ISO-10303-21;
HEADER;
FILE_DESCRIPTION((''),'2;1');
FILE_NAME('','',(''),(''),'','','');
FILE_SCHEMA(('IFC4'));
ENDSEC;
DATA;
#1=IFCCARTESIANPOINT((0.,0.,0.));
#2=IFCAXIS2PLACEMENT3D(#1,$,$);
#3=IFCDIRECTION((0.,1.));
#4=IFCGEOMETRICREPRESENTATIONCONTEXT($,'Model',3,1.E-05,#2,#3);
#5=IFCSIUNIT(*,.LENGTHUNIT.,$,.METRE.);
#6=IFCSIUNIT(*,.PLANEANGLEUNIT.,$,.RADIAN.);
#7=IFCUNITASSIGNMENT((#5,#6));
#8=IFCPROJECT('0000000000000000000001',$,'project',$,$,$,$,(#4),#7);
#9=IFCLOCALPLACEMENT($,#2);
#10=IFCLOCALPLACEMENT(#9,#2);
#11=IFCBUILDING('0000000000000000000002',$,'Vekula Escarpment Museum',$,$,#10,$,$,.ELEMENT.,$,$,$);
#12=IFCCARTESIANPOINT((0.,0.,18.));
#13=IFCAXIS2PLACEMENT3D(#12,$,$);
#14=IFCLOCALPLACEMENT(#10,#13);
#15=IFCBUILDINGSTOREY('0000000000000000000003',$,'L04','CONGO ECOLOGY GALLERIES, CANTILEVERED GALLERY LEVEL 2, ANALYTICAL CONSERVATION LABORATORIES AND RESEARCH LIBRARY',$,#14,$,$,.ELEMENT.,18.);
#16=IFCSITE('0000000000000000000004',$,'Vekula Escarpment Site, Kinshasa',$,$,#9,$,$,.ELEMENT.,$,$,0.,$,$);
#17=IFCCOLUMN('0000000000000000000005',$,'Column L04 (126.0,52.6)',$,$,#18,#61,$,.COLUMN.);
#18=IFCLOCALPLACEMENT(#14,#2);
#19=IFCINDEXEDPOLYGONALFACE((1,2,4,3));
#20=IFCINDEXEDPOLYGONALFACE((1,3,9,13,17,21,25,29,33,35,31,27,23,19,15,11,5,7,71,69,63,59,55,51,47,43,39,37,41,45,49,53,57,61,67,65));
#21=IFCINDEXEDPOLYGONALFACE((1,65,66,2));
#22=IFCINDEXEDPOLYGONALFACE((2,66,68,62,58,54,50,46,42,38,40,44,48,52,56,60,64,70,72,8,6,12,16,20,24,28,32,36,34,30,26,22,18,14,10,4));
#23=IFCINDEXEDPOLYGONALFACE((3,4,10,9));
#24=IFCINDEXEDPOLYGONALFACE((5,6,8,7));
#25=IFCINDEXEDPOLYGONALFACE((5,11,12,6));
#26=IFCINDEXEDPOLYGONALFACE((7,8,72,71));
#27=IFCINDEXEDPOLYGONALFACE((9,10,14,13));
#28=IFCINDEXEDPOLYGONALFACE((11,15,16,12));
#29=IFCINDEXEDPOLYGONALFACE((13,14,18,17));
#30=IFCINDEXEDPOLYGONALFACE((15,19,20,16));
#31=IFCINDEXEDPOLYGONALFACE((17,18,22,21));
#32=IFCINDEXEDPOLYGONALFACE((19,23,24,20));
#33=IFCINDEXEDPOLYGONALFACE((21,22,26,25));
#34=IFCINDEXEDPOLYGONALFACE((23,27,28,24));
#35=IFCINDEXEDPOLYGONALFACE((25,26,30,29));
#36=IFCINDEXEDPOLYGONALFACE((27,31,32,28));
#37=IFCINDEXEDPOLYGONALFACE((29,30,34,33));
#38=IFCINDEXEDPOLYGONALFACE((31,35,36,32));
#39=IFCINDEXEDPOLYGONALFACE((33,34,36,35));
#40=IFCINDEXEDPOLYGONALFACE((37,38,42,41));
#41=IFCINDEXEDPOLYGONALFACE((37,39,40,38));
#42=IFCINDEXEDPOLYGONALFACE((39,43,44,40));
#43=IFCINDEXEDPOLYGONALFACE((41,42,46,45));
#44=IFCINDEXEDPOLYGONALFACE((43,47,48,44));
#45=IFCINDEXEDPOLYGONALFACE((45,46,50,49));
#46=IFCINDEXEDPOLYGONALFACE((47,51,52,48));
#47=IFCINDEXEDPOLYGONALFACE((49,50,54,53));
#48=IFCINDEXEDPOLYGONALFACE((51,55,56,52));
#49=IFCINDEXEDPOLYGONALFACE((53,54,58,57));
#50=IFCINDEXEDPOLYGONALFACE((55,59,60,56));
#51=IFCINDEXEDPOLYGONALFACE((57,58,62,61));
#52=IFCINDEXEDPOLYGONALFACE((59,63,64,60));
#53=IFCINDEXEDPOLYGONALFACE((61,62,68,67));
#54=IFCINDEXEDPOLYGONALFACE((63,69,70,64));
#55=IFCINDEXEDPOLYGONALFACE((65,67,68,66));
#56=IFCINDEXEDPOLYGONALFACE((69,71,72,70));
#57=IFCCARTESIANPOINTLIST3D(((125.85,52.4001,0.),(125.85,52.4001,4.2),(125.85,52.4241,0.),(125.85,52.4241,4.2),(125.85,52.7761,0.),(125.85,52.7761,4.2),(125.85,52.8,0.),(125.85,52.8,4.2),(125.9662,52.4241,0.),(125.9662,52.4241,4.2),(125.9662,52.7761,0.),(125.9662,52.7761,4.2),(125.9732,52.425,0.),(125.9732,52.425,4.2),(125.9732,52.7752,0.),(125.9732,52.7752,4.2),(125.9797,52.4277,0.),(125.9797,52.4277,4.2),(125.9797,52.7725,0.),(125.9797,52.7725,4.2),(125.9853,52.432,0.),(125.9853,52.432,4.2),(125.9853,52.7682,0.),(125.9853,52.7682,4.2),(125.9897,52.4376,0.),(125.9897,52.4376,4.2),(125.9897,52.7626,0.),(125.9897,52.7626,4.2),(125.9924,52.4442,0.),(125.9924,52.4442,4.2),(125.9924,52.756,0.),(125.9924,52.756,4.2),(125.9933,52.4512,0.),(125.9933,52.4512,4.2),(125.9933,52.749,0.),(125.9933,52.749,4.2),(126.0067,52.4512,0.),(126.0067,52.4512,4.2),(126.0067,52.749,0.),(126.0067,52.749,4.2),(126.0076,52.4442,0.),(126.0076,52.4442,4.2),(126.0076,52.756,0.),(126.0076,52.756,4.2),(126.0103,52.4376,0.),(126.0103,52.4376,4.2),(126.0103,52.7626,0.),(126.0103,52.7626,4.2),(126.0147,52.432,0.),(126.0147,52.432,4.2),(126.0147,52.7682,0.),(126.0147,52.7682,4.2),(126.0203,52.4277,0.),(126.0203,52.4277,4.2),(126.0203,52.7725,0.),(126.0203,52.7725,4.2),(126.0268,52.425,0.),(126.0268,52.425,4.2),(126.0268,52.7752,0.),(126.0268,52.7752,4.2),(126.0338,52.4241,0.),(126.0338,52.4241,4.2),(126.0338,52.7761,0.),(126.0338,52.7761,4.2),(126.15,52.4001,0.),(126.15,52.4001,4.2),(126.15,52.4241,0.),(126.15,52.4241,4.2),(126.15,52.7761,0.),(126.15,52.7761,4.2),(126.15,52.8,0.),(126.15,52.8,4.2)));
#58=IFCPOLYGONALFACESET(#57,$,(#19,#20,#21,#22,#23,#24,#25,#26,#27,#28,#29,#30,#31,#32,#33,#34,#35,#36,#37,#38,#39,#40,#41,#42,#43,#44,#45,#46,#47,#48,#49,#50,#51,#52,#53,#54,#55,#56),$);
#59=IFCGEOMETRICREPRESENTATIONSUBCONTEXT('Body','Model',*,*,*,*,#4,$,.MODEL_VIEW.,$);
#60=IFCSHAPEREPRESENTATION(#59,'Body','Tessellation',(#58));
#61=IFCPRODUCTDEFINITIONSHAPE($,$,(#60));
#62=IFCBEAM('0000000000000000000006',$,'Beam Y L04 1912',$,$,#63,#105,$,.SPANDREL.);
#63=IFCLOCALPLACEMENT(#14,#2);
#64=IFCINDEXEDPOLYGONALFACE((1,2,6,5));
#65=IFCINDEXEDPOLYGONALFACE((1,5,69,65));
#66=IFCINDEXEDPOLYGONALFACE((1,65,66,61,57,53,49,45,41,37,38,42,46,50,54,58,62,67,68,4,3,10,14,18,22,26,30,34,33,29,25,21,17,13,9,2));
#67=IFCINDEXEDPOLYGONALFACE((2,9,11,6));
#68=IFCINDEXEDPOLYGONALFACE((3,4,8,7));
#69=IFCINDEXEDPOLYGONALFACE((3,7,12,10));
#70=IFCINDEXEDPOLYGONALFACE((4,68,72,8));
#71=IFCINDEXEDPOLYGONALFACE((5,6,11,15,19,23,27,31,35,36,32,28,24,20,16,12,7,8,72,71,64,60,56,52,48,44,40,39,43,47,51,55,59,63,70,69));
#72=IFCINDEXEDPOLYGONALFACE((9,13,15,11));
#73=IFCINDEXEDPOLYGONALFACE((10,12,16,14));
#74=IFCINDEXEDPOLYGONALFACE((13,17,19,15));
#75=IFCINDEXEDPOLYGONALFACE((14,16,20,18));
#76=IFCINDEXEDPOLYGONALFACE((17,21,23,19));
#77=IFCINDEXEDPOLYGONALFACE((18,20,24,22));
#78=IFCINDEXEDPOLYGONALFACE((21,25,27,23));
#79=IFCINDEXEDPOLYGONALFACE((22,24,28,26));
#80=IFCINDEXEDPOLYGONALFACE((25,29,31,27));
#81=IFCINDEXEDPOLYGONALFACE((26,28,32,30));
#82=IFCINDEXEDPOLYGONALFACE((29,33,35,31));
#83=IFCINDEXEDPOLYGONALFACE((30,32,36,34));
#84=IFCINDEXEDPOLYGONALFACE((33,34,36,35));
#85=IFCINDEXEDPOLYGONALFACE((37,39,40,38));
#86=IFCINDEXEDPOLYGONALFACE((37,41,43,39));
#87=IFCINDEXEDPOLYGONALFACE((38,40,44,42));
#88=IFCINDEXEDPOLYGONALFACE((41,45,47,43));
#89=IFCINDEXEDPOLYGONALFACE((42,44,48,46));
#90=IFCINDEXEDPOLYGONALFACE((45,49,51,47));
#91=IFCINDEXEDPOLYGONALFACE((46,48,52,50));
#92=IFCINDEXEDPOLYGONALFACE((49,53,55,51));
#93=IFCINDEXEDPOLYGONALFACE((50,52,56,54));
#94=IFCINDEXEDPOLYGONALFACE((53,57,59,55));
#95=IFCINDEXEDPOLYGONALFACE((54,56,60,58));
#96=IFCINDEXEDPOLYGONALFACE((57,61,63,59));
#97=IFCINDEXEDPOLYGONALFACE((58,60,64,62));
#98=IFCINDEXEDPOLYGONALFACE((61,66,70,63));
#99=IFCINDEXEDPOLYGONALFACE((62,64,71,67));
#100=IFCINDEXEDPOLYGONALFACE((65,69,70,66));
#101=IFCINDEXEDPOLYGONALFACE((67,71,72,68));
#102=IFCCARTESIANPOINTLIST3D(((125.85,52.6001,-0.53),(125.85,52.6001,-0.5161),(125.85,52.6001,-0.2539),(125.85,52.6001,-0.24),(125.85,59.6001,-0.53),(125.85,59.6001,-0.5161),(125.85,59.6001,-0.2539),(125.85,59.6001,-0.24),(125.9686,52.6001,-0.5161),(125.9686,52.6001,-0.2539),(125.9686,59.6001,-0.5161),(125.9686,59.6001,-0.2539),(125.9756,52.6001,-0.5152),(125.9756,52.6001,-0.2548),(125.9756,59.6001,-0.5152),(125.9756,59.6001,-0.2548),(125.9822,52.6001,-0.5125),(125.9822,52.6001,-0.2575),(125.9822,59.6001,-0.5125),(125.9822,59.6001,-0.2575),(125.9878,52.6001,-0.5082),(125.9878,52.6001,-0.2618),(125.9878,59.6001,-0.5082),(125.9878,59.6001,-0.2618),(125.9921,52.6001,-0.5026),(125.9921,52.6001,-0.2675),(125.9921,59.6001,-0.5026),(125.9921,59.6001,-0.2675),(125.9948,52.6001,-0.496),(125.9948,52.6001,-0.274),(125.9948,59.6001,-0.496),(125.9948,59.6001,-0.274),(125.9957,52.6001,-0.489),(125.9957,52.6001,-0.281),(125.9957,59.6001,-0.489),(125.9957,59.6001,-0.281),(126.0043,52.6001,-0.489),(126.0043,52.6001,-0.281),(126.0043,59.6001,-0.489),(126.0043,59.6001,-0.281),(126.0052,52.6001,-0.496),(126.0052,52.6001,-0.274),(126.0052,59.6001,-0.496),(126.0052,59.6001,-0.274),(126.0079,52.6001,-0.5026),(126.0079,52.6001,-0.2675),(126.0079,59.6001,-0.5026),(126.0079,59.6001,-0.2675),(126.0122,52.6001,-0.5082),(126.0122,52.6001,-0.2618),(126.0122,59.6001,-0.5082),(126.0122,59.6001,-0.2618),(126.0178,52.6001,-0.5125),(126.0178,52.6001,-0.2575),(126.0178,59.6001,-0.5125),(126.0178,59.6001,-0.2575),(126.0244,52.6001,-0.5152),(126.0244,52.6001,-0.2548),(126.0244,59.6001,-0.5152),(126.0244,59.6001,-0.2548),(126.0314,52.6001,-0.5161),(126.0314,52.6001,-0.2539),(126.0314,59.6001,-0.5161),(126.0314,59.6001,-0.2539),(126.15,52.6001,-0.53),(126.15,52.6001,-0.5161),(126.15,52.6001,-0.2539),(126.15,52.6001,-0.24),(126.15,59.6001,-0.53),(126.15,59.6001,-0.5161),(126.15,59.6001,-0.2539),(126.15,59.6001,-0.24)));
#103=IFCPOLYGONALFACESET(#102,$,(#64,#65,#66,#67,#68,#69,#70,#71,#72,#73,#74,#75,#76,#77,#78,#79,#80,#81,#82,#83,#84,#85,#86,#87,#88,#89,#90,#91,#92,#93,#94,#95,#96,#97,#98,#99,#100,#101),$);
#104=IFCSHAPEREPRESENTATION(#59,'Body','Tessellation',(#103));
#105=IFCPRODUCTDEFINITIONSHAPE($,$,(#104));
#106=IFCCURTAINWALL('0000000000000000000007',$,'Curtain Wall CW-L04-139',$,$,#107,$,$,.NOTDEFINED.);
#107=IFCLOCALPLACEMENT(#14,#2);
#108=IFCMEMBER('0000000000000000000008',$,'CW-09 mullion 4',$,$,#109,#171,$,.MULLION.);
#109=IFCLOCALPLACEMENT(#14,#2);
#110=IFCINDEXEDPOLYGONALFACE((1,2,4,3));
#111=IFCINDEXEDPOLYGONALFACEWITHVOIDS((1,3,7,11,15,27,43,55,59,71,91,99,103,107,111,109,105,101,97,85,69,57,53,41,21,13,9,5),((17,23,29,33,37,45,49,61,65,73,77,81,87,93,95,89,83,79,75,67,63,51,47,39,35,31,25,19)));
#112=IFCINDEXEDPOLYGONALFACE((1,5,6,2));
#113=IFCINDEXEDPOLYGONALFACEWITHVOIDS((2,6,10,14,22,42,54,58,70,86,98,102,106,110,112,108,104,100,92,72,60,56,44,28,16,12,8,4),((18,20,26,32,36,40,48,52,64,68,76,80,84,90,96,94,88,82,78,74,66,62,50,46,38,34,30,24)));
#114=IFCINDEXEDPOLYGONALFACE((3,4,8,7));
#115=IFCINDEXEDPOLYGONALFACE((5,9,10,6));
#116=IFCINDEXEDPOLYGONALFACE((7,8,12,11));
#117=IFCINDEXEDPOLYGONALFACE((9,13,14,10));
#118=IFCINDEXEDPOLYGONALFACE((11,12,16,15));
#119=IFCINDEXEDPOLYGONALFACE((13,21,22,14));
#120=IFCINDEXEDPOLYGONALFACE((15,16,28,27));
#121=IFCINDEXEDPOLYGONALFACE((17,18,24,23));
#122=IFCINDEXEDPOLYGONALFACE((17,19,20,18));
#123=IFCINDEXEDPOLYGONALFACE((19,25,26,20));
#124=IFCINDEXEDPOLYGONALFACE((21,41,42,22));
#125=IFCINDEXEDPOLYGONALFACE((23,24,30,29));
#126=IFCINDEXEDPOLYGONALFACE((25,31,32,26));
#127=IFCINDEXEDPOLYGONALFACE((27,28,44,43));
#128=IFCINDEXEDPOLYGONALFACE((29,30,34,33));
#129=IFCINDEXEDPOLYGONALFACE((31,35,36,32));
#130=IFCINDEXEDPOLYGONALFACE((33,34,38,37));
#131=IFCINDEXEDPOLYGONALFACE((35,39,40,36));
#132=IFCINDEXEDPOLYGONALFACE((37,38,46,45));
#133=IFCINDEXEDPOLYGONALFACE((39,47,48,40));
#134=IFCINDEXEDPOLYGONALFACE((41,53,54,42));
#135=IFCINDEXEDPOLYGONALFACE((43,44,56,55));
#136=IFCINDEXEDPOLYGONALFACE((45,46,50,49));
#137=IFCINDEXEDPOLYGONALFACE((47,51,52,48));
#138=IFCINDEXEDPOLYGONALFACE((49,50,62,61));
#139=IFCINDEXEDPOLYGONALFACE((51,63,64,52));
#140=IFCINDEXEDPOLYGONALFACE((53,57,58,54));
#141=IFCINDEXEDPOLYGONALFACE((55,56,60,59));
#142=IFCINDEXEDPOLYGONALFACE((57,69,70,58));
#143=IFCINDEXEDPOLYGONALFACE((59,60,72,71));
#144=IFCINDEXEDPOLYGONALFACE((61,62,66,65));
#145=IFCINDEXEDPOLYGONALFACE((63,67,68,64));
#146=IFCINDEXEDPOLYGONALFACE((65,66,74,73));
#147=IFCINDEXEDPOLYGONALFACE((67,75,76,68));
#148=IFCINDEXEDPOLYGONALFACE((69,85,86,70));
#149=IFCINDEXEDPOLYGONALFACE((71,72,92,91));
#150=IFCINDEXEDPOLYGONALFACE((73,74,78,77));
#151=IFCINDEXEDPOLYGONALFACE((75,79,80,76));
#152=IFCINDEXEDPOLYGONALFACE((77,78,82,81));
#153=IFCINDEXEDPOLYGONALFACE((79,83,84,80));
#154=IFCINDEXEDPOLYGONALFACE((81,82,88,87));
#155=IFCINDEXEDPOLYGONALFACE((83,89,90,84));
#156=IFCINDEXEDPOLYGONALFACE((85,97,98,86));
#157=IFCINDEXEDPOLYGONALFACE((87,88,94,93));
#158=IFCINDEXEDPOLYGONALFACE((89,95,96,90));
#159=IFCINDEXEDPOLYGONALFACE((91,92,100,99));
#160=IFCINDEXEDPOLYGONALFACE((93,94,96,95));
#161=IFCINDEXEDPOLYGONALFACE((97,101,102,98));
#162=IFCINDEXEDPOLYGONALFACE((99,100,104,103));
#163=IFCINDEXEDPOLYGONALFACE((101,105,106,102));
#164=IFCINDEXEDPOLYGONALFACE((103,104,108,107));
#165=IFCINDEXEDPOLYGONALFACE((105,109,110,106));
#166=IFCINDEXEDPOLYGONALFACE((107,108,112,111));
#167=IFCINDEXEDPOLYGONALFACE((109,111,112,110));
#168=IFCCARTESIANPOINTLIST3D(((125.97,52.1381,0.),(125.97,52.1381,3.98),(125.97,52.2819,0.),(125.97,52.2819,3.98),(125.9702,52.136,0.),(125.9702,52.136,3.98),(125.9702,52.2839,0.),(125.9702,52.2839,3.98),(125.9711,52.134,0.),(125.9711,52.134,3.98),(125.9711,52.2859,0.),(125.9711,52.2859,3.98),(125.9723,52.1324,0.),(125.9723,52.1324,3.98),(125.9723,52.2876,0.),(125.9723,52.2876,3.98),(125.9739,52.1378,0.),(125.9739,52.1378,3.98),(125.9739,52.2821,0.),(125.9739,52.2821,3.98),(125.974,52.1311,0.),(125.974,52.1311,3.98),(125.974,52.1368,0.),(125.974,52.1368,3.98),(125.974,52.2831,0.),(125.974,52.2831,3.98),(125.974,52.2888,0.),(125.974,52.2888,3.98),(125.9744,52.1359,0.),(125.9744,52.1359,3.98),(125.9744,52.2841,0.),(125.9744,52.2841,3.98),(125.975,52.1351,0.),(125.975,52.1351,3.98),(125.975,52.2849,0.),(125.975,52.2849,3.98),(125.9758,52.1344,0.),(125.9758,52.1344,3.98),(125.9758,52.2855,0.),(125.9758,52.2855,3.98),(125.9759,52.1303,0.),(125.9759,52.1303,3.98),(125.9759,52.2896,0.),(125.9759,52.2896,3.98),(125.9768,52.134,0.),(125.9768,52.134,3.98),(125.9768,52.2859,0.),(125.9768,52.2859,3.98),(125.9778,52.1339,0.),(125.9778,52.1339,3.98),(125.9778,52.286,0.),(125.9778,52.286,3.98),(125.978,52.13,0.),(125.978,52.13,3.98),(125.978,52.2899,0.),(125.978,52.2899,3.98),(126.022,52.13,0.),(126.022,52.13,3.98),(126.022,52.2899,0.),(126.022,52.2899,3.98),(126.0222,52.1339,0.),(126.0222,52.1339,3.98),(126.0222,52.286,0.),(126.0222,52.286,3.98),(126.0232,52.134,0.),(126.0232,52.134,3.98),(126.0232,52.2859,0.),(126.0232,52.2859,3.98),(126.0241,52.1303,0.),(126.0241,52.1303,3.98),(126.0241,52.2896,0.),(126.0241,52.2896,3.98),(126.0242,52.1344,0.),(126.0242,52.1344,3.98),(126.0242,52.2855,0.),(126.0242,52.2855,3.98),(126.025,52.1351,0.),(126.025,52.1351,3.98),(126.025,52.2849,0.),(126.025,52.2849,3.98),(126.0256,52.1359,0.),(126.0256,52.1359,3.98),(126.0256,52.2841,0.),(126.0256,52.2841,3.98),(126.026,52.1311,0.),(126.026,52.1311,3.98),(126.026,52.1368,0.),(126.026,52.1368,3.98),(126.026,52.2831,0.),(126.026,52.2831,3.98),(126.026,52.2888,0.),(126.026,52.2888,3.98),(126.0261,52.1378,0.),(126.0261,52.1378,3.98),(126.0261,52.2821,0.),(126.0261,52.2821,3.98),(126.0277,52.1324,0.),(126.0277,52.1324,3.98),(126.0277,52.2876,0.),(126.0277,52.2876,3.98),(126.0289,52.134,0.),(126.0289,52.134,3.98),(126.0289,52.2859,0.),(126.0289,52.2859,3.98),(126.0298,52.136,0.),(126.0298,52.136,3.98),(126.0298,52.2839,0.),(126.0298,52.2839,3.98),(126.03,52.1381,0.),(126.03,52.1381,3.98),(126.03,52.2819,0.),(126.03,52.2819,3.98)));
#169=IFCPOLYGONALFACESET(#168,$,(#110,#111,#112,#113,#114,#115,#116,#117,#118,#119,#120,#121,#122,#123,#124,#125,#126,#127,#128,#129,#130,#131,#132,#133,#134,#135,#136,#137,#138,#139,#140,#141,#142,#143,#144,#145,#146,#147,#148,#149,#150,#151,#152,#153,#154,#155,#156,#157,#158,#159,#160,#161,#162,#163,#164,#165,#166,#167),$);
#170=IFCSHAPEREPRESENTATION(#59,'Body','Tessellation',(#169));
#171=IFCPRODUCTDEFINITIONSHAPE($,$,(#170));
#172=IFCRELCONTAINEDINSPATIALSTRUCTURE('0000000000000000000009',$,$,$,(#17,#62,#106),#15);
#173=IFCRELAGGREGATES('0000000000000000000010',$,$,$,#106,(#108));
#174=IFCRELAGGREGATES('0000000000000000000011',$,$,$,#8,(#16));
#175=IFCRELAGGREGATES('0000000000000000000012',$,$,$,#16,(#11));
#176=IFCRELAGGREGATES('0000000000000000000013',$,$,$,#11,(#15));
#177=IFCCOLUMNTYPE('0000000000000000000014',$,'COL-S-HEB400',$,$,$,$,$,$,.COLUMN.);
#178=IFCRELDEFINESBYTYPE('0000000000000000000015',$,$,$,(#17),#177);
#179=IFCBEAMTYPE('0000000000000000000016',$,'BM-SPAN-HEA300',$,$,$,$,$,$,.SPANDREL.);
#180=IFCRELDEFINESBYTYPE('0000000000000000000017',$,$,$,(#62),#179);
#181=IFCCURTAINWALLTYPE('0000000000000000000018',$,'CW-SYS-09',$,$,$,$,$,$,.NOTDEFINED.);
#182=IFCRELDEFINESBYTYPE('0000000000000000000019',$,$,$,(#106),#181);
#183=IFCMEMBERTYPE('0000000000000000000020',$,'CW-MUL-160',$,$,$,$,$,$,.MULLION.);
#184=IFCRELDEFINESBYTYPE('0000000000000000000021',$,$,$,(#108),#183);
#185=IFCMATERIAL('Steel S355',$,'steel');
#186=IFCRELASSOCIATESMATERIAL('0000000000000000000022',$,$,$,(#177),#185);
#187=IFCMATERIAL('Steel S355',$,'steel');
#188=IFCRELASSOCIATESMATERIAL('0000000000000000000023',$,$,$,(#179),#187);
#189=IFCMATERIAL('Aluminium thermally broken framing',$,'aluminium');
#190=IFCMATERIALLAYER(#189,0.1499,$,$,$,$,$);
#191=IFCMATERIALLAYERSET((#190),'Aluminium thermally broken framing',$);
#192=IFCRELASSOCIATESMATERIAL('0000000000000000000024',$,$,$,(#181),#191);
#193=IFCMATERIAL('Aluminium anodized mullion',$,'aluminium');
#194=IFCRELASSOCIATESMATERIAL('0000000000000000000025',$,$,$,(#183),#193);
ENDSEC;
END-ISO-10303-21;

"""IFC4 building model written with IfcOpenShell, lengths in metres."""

from ifc_helpers import new_model, si_unit, direction, frame, origin, origin_2d, place, context, subcontext, project, spatial, hollow_rectangle, i_section, extrude, material, layer, layer_set, material_profile, profile_set, type_object, element, aggregate, save


model = new_model("IFC4")

# Units and contexts
model_context = context("Model", 3, precision=1e-05, world=origin(), true_north=direction((0.0, 1.0)))
body_context = subcontext(model_context, "Body", "Model", "MODEL_VIEW")
ifc_project = project(units=[si_unit("LENGTHUNIT", "METRE"), si_unit("PLANEANGLEUNIT", "RADIAN")], contexts=[model_context])

# Site, building, storey
site_placement = place(None, origin())
site = spatial("IfcSite", under=ifc_project, at=site_placement, Name="Vekula Escarpment Site, Kinshasa", CompositionType="ELEMENT", RefElevation=0.0)
building_placement = place(site_placement, origin())
building = spatial("IfcBuilding", under=site, at=building_placement, Name="Vekula Escarpment Museum", CompositionType="ELEMENT")
storey_placement = place(building_placement, frame((0.0, 0.0, 18.0)))
storey = spatial("IfcBuildingStorey", under=building, at=storey_placement, Name="L04", Description="CONGO ECOLOGY GALLERIES, CANTILEVERED GALLERY LEVEL 2, ANALYTICAL CONSERVATION LABORATORIES AND RESEARCH LIBRARY", CompositionType="ELEMENT", Elevation=18.0)

# Column
ifc_material_1 = material(Name="Steel S355", Category="steel")
ifc_material_profile_1 = material_profile(ifc_material_1, i_section(OverallWidth=0.3, OverallDepth=0.3999, WebThickness=0.0134, FlangeThickness=0.0239, FilletRadius=0.0271, at=origin_2d()), Name="HEB 400")
ifc_profile_set_1 = profile_set([ifc_material_profile_1], Name="Steel S355")
column_type = type_object("IfcColumnType", Name="COL-S-HEB400", PredefinedType="COLUMN", material=ifc_profile_set_1)
column_placement = place(storey_placement, frame((126.0, 52.6001, 0.0), z_axis=(0.0, 0.0, 1.0), x_axis=(1.0, 0.0, 0.0)))
element("IfcColumn", 1, at=column_placement, inside=storey, type_object=column_type, Name="Column L04 (126.0,52.6)", PredefinedType="COLUMN", context=body_context, shape_type="SweptSolid", body=[
    extrude(i_section(OverallWidth=0.3, OverallDepth=0.3999, WebThickness=0.0134, FlangeThickness=0.0239, FilletRadius=0.0271, at=origin_2d()), origin(), (0.0, 0.0, 1.0), 4.2),
])

# Beam
ifc_material_2 = material(Name="Steel S355", Category="steel")
ifc_material_profile_2 = material_profile(ifc_material_2, i_section(OverallWidth=0.3, OverallDepth=0.29, WebThickness=0.0085, FlangeThickness=0.0139, FilletRadius=0.0271, at=origin_2d()), Name="HEA 300")
ifc_profile_set_2 = profile_set([ifc_material_profile_2], Name="Steel S355")
beam_type = type_object("IfcBeamType", Name="BM-SPAN-HEA300", PredefinedType="SPANDREL", material=ifc_profile_set_2)
beam_placement = place(storey_placement, frame((126.0, 52.6001, -0.385), z_axis=(0.0, 1.0, 0.0), x_axis=(-1.0, 0.0, 0.0)))
element("IfcBeam", 2, at=beam_placement, inside=storey, type_object=beam_type, Name="Beam Y L04 1912", PredefinedType="SPANDREL", context=body_context, shape_type="SweptSolid", body=[
    extrude(i_section(OverallWidth=0.3, OverallDepth=0.29, WebThickness=0.0085, FlangeThickness=0.0139, FilletRadius=0.0271, at=origin_2d()), origin(), (0.0, 0.0, 1.0), 7.0),
])

# Curtain wall, member
ifc_material_3 = material(Name="Aluminium thermally broken framing", Category="aluminium")
ifc_layer_1 = layer(ifc_material_3, 0.1499)
ifc_layer_set_1 = layer_set([ifc_layer_1], Name="Aluminium thermally broken framing")
curtain_wall_type_1 = type_object("IfcCurtainWallType", Name="CW-SYS-09", PredefinedType="NOTDEFINED", material=ifc_layer_set_1)
curtain_wall_1_placement = place(storey_placement, origin())
curtain_wall_1 = element("IfcCurtainWall", 3, at=curtain_wall_1_placement, inside=storey, type_object=curtain_wall_type_1, Name="Curtain Wall CW-L04-139", PredefinedType="NOTDEFINED")
ifc_material_4 = material(Name="Aluminium anodized mullion", Category="aluminium")
ifc_material_profile_3 = material_profile(ifc_material_4, hollow_rectangle(XDim=0.0601, YDim=0.1599, WallThickness=0.0039, InnerFilletRadius=0.0039, OuterFilletRadius=0.0081, at=origin_2d()), Name="ALU 160x60x4")
ifc_profile_set_3 = profile_set([ifc_material_profile_3], Name="Aluminium anodized mullion")
member_type_1 = type_object("IfcMemberType", Name="CW-MUL-160", PredefinedType="MULLION", material=ifc_profile_set_3)
member_1_placement = place(storey_placement, frame((126.0, 52.21, 0.0), z_axis=(0.0, 0.0, 1.0), x_axis=(-1.0, 0.0, 0.0)))
member_1 = element("IfcMember", 4, at=member_1_placement, type_object=member_type_1, Name="CW-09 mullion 4", PredefinedType="MULLION", context=body_context, shape_type="SweptSolid", body=[
    extrude(hollow_rectangle(XDim=0.0601, YDim=0.1599, WallThickness=0.0039, InnerFilletRadius=0.0039, OuterFilletRadius=0.0081, at=origin_2d()), origin(), (0.0, 0.0, 1.0), 3.98),
])

aggregate(curtain_wall_1, [member_1])

save(model, "model.ifc")
